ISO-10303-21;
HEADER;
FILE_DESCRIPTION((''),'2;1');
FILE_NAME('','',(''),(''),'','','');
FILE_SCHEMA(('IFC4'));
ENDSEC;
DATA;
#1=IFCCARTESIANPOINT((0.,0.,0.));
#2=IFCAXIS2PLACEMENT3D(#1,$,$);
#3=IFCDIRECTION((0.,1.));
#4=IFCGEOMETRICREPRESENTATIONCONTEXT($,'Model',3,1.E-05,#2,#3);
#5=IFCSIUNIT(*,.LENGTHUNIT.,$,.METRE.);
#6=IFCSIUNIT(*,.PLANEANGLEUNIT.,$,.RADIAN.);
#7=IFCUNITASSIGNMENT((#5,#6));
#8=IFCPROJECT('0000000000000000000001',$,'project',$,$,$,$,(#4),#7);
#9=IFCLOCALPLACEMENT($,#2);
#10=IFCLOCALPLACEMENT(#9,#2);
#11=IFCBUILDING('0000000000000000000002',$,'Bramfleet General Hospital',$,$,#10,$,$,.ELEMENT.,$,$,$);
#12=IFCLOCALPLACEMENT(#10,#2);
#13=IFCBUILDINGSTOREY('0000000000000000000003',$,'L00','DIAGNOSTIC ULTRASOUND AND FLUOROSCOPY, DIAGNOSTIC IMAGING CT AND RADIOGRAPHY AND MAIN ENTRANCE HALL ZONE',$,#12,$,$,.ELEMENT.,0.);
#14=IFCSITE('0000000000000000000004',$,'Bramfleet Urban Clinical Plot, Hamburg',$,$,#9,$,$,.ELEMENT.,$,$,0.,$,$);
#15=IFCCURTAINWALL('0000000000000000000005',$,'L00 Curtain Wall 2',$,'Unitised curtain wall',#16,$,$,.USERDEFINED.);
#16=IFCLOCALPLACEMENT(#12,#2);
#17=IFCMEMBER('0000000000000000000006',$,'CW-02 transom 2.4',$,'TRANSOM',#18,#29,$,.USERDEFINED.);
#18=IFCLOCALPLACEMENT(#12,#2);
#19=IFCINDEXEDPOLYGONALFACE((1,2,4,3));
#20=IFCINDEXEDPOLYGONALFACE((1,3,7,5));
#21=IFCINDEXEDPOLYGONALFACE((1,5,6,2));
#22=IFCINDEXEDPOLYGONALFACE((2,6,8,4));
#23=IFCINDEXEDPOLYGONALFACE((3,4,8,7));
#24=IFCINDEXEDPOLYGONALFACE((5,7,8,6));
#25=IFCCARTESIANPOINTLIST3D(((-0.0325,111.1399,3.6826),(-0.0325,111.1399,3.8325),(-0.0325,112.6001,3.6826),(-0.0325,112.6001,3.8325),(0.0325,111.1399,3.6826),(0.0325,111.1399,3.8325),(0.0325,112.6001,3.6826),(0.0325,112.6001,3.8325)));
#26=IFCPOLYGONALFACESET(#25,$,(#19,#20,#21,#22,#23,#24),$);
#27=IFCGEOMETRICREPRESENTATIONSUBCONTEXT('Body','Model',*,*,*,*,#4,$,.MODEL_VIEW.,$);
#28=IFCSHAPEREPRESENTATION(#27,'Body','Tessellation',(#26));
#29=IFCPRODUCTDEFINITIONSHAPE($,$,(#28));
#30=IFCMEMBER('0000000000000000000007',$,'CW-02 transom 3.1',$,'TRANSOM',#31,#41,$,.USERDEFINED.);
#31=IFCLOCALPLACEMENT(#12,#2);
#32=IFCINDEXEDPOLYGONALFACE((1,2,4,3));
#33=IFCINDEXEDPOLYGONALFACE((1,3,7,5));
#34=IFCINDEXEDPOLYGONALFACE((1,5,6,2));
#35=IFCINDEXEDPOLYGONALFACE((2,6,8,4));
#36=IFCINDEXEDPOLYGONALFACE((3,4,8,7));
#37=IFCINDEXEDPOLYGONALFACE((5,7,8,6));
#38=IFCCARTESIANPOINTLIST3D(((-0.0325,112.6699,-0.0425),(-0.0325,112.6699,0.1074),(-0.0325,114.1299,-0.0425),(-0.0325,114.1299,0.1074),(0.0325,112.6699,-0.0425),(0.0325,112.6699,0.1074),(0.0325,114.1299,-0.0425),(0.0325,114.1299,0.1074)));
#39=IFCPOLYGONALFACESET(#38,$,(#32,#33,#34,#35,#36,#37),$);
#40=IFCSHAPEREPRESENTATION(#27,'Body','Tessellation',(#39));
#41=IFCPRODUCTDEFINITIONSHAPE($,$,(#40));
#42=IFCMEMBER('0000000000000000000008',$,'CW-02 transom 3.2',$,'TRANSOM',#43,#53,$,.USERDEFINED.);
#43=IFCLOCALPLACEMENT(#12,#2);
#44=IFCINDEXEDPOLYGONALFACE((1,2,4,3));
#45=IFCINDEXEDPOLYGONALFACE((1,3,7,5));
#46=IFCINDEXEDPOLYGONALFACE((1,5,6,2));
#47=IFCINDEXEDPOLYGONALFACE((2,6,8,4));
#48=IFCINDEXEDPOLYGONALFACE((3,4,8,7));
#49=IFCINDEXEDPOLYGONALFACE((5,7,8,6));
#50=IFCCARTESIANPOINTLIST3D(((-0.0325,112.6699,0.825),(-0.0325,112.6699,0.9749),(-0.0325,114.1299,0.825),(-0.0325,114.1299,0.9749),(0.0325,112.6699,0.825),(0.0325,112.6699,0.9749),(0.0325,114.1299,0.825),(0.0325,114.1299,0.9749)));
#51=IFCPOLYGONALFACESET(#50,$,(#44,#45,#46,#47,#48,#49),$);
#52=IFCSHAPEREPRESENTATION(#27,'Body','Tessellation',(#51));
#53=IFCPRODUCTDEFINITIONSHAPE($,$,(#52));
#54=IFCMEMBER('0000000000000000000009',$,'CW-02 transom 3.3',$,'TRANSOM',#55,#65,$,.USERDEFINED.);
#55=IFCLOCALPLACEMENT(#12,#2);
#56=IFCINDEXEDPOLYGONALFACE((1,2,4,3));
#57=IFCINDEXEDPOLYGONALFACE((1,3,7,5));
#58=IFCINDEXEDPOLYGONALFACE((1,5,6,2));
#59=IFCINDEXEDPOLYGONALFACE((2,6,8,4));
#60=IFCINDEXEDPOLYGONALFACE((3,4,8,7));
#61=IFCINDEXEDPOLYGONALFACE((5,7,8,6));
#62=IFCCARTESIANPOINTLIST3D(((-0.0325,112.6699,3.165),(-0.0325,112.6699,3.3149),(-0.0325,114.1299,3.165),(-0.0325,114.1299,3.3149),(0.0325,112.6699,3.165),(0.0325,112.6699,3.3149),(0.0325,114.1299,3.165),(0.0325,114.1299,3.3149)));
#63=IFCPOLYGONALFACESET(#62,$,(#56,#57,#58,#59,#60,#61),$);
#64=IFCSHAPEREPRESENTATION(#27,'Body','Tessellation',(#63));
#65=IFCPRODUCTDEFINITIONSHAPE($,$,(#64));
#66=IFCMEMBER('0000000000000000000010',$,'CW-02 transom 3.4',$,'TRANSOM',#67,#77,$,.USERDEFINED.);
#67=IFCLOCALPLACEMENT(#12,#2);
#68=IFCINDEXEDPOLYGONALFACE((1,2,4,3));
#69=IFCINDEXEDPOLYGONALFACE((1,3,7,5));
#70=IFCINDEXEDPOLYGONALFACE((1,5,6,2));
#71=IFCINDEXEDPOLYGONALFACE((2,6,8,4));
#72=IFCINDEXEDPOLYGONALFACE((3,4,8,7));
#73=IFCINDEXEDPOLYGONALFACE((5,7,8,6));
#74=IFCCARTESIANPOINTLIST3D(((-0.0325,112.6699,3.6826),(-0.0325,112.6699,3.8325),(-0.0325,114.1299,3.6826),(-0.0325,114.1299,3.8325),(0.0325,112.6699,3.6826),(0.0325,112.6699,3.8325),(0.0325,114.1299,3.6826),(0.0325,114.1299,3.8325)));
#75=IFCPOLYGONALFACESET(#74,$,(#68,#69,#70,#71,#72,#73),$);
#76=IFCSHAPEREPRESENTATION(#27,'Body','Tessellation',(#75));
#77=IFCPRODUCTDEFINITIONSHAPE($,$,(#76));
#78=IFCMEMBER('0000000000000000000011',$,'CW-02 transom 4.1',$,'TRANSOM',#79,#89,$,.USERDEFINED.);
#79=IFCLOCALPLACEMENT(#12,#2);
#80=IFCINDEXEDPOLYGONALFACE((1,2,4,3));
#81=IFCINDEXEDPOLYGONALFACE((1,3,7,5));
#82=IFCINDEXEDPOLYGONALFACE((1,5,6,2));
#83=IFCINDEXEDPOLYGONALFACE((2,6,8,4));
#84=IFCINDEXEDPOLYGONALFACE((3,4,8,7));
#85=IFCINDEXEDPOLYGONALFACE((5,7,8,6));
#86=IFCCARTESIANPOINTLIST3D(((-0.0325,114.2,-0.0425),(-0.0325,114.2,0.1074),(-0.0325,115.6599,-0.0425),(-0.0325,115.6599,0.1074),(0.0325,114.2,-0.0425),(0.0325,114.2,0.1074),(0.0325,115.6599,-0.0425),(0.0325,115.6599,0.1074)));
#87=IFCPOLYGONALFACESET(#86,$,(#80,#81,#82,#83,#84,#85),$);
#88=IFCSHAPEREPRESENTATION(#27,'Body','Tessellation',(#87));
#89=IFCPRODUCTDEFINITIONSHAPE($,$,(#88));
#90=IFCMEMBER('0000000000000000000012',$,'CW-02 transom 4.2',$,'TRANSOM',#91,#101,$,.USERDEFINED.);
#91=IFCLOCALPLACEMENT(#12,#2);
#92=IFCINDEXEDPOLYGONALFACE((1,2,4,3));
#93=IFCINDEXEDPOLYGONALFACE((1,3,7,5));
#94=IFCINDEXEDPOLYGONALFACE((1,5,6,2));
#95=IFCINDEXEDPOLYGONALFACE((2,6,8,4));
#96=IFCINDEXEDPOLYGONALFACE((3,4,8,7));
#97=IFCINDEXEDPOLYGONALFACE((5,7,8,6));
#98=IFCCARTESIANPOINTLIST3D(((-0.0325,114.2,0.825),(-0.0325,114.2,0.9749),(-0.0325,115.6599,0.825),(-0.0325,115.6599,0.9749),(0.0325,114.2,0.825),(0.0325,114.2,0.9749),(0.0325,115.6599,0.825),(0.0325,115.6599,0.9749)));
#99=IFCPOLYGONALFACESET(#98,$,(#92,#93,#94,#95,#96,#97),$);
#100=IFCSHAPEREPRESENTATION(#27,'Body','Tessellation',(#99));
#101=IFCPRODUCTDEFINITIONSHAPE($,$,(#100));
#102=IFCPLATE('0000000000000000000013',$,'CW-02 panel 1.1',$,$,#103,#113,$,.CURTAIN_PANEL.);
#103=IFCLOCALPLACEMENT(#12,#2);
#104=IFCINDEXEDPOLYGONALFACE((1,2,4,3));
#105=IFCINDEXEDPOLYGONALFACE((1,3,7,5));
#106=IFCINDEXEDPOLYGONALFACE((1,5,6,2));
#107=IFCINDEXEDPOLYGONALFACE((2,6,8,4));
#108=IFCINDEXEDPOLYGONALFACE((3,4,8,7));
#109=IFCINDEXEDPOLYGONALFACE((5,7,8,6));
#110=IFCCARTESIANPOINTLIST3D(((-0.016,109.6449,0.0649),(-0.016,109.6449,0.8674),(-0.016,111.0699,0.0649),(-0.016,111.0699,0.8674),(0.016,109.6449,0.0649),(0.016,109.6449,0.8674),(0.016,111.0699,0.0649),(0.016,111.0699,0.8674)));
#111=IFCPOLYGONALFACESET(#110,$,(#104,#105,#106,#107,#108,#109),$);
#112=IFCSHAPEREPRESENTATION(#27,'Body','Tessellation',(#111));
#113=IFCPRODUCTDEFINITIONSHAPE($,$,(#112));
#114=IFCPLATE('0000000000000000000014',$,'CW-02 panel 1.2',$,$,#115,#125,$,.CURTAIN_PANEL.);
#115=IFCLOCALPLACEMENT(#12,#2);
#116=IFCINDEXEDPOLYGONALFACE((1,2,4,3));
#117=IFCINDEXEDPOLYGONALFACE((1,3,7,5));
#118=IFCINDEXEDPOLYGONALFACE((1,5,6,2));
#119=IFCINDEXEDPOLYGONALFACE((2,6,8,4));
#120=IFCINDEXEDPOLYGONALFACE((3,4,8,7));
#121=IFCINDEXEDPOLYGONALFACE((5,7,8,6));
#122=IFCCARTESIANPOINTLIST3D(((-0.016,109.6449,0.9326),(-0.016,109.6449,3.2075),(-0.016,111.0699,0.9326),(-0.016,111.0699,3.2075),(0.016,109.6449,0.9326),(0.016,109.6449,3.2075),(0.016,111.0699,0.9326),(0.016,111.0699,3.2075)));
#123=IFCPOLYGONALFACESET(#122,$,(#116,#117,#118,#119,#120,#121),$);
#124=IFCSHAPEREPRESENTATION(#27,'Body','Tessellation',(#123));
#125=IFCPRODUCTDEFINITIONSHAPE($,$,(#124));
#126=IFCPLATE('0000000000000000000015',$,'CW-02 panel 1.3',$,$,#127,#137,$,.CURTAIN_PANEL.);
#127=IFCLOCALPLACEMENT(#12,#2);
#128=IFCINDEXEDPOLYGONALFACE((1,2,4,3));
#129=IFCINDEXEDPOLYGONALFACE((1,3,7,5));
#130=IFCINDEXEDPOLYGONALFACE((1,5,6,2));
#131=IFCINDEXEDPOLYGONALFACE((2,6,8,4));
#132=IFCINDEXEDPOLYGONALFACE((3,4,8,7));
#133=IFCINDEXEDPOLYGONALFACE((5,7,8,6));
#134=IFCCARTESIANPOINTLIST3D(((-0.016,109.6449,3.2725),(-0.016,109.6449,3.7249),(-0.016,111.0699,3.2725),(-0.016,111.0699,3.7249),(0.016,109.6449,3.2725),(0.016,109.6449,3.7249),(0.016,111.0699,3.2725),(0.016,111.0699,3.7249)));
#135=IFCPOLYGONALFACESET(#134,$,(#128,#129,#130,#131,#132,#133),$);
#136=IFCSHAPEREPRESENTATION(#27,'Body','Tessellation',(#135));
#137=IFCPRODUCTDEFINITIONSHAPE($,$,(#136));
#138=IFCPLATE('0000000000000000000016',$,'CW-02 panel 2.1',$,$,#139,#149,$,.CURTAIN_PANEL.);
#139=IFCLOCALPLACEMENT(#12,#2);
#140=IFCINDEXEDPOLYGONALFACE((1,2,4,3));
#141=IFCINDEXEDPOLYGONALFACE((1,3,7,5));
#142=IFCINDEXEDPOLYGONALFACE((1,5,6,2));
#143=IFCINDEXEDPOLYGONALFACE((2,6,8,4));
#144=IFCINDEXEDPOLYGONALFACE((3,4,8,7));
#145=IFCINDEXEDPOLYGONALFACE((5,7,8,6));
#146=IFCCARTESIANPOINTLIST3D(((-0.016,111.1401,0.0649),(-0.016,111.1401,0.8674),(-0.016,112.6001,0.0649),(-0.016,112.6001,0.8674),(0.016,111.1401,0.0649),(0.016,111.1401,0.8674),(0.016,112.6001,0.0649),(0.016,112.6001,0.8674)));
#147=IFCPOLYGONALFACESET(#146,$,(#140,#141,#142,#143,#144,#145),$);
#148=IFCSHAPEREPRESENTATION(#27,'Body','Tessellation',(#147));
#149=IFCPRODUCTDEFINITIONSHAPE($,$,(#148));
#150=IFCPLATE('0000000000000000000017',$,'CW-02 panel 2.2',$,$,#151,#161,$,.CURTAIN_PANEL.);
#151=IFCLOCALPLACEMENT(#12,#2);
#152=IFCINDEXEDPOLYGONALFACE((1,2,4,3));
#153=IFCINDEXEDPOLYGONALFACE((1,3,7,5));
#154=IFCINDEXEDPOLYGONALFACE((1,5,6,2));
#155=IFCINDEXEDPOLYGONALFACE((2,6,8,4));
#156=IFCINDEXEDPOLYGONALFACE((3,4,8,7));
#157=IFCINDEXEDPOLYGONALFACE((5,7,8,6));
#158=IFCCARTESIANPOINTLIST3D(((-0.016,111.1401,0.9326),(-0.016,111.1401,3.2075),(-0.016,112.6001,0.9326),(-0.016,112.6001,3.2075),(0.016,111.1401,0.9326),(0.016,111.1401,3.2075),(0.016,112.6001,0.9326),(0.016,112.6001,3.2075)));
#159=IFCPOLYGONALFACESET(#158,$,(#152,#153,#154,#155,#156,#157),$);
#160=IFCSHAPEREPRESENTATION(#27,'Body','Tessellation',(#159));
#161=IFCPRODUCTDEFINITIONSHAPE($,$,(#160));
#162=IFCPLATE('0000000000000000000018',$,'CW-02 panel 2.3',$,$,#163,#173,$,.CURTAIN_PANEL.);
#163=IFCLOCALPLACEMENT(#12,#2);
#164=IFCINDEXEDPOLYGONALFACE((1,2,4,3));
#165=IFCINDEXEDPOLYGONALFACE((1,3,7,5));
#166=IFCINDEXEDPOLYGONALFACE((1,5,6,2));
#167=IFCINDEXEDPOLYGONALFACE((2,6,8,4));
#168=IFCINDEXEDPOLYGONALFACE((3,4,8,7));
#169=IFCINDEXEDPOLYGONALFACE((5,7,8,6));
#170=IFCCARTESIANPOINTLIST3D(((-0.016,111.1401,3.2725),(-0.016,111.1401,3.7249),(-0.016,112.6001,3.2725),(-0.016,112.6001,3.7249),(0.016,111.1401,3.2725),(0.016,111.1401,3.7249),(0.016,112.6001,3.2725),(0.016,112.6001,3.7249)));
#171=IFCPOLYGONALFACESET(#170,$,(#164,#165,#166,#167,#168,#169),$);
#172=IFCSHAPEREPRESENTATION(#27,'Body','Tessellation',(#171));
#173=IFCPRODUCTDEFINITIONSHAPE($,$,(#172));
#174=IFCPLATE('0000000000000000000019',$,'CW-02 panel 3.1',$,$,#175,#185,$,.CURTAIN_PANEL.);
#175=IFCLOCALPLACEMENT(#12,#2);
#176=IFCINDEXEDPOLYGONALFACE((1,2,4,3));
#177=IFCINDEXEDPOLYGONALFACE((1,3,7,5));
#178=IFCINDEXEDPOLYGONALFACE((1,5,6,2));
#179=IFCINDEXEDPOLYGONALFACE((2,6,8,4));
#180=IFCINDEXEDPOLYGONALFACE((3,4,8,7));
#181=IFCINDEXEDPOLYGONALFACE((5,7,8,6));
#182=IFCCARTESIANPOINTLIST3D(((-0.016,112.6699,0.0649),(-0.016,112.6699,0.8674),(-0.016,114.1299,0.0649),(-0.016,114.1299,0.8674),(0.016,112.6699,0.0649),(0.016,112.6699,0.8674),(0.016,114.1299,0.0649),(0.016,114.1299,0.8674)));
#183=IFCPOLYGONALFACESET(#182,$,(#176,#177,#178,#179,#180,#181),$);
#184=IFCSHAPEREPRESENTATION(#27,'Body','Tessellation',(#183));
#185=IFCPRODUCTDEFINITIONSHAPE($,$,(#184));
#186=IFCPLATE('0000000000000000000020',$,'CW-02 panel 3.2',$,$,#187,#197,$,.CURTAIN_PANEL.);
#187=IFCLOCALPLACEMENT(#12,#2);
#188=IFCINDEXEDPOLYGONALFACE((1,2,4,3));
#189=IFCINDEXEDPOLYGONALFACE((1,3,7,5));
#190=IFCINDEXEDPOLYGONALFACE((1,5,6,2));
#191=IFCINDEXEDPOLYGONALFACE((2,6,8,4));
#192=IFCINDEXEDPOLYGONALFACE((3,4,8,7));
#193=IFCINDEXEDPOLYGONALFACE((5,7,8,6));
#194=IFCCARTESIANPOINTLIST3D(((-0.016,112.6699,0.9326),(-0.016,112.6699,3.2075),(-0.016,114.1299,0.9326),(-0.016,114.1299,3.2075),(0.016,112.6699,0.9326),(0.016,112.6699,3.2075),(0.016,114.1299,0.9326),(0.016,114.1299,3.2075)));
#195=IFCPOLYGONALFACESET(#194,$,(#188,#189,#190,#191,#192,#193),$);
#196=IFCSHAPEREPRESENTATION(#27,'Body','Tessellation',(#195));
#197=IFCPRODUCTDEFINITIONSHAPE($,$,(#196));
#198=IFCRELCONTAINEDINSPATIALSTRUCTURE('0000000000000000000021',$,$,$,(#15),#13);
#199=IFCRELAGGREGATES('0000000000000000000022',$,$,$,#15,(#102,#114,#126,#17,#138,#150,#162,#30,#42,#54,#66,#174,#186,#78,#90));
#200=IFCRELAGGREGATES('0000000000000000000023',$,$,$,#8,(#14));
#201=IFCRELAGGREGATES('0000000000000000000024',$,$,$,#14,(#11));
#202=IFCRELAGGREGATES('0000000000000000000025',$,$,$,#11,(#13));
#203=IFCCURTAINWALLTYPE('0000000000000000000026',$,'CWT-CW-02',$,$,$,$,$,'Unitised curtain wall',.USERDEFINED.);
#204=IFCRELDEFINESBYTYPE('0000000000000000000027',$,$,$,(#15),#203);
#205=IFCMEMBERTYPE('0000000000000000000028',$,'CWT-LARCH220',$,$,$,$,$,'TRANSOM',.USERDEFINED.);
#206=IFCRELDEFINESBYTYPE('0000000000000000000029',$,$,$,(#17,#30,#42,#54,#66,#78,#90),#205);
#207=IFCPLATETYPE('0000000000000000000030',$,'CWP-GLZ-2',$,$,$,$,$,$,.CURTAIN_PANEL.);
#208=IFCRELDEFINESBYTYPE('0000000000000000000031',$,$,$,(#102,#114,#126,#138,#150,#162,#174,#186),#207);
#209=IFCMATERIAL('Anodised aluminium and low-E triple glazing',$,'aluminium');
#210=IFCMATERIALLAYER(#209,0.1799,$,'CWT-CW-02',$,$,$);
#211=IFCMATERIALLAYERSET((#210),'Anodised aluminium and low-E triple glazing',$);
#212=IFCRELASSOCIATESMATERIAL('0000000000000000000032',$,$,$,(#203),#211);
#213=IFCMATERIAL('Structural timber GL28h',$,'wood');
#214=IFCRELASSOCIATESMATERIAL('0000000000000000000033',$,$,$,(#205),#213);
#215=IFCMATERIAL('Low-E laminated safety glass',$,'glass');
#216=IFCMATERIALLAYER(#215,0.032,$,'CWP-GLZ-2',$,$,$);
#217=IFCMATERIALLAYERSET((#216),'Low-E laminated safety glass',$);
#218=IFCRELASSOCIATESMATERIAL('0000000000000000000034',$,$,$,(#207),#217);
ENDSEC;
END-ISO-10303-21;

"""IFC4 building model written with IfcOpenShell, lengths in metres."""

from ifc_helpers import new_model, si_unit, direction, frame, origin, origin_2d, place, context, subcontext, project, spatial, rectangle, extrude, material, layer, layer_set, material_profile, profile_set, type_object, element, aggregate, save


model = new_model("IFC4")

# Units and contexts
model_context = context("Model", 3, precision=1e-05, world=origin(), true_north=direction((0.0, 1.0)))
body_context = subcontext(model_context, "Body", "Model", "MODEL_VIEW")
ifc_project = project(units=[si_unit("LENGTHUNIT", "METRE"), si_unit("PLANEANGLEUNIT", "RADIAN")], contexts=[model_context])

# Site, building, storey
site_placement = place(None, origin())
site = spatial("IfcSite", under=ifc_project, at=site_placement, Name="Bramfleet Urban Clinical Plot, Hamburg", CompositionType="ELEMENT", RefElevation=0.0)
building_placement = place(site_placement, origin())
building = spatial("IfcBuilding", under=site, at=building_placement, Name="Bramfleet General Hospital", CompositionType="ELEMENT")
storey_placement = place(building_placement, origin())
storey = spatial("IfcBuildingStorey", under=building, at=storey_placement, Name="L00", Description="DIAGNOSTIC ULTRASOUND AND FLUOROSCOPY, DIAGNOSTIC IMAGING CT AND RADIOGRAPHY AND MAIN ENTRANCE HALL ZONE", CompositionType="ELEMENT", Elevation=0.0)

# Curtain wall, members, plates
ifc_material_1 = material(Name="Anodised aluminium and low-E triple glazing", Category="aluminium")
ifc_layer_1 = layer(ifc_material_1, 0.1799, Name="CWT-CW-02")
ifc_layer_set_1 = layer_set([ifc_layer_1], Name="Anodised aluminium and low-E triple glazing")
curtain_wall_type = type_object("IfcCurtainWallType", Name="CWT-CW-02", ElementType="Unitised curtain wall", PredefinedType="USERDEFINED", material=ifc_layer_set_1)
curtain_wall_placement = place(storey_placement, origin())
curtain_wall = element("IfcCurtainWall", 1, at=curtain_wall_placement, inside=storey, type_object=curtain_wall_type, Name="L00 Curtain Wall 2", ObjectType="Unitised curtain wall", PredefinedType="USERDEFINED")
ifc_material_2 = material(Name="Structural timber GL28h", Category="wood")
ifc_material_profile_1 = material_profile(ifc_material_2, rectangle(XDim=0.0649, YDim=0.1499, at=origin_2d()), Name="LARCH 150x65")
ifc_profile_set_1 = profile_set([ifc_material_profile_1], Name="Structural timber GL28h")
member_type_1 = type_object("IfcMemberType", Name="CWT-LARCH220", ElementType="TRANSOM", PredefinedType="USERDEFINED", material=ifc_profile_set_1)
member_1_placement = place(storey_placement, frame((0.0, 111.1399, 3.7576), z_axis=(0.0, 1.0, 0.0), x_axis=(-1.0, 0.0, 0.0)))
member_1 = element("IfcMember", 2, at=member_1_placement, type_object=member_type_1, Name="CW-02 transom 2.4", ObjectType="TRANSOM", PredefinedType="USERDEFINED", context=body_context, shape_type="SweptSolid", body=[
    extrude(rectangle(XDim=0.0649, YDim=0.1499, at=origin_2d()), origin(), (0.0, 0.0, 1.0), 1.4602),
])
member_2_placement = place(storey_placement, frame((0.0, 112.6699, 0.0325), z_axis=(0.0, 1.0, 0.0), x_axis=(-1.0, 0.0, 0.0)))
member_2 = element("IfcMember", 3, at=member_2_placement, type_object=member_type_1, Name="CW-02 transom 3.1", ObjectType="TRANSOM", PredefinedType="USERDEFINED", context=body_context, shape_type="SweptSolid", body=[
    extrude(rectangle(XDim=0.0649, YDim=0.1499, at=origin_2d()), origin(), (0.0, 0.0, 1.0), 1.46),
])
member_3_placement = place(storey_placement, frame((0.0, 112.6699, 0.8999), z_axis=(0.0, 1.0, 0.0), x_axis=(-1.0, 0.0, 0.0)))
member_3 = element("IfcMember", 4, at=member_3_placement, type_object=member_type_1, Name="CW-02 transom 3.2", ObjectType="TRANSOM", PredefinedType="USERDEFINED", context=body_context, shape_type="SweptSolid", body=[
    extrude(rectangle(XDim=0.0649, YDim=0.1499, at=origin_2d()), origin(), (0.0, 0.0, 1.0), 1.46),
])
member_4_placement = place(storey_placement, frame((0.0, 112.6699, 3.24), z_axis=(0.0, 1.0, 0.0), x_axis=(-1.0, 0.0, 0.0)))
member_4 = element("IfcMember", 5, at=member_4_placement, type_object=member_type_1, Name="CW-02 transom 3.3", ObjectType="TRANSOM", PredefinedType="USERDEFINED", context=body_context, shape_type="SweptSolid", body=[
    extrude(rectangle(XDim=0.0649, YDim=0.1499, at=origin_2d()), origin(), (0.0, 0.0, 1.0), 1.46),
])
member_5_placement = place(storey_placement, frame((0.0, 112.6699, 3.7576), z_axis=(0.0, 1.0, 0.0), x_axis=(-1.0, 0.0, 0.0)))
member_5 = element("IfcMember", 6, at=member_5_placement, type_object=member_type_1, Name="CW-02 transom 3.4", ObjectType="TRANSOM", PredefinedType="USERDEFINED", context=body_context, shape_type="SweptSolid", body=[
    extrude(rectangle(XDim=0.0649, YDim=0.1499, at=origin_2d()), origin(), (0.0, 0.0, 1.0), 1.46),
])
member_6_placement = place(storey_placement, frame((0.0, 114.2, 0.0325), z_axis=(0.0, 1.0, 0.0), x_axis=(-1.0, 0.0, 0.0)))
member_6 = element("IfcMember", 7, at=member_6_placement, type_object=member_type_1, Name="CW-02 transom 4.1", ObjectType="TRANSOM", PredefinedType="USERDEFINED", context=body_context, shape_type="SweptSolid", body=[
    extrude(rectangle(XDim=0.0649, YDim=0.1499, at=origin_2d()), origin(), (0.0, 0.0, 1.0), 1.46),
])
member_7_placement = place(storey_placement, frame((0.0, 114.2, 0.8999), z_axis=(0.0, 1.0, 0.0), x_axis=(-1.0, 0.0, 0.0)))
member_7 = element("IfcMember", 8, at=member_7_placement, type_object=member_type_1, Name="CW-02 transom 4.2", ObjectType="TRANSOM", PredefinedType="USERDEFINED", context=body_context, shape_type="SweptSolid", body=[
    extrude(rectangle(XDim=0.0649, YDim=0.1499, at=origin_2d()), origin(), (0.0, 0.0, 1.0), 1.46),
])
ifc_material_3 = material(Name="Low-E laminated safety glass", Category="glass")
ifc_layer_2 = layer(ifc_material_3, 0.032, Name="CWP-GLZ-2")
ifc_layer_set_2 = layer_set([ifc_layer_2], Name="Low-E laminated safety glass")
plate_type = type_object("IfcPlateType", Name="CWP-GLZ-2", PredefinedType="CURTAIN_PANEL", material=ifc_layer_set_2)
plate_1_placement = place(storey_placement, frame((0.0, 110.3574, 0.0649), z_axis=(0.0, 0.0, 1.0), x_axis=(0.0, 1.0, 0.0)))
plate_1 = element("IfcPlate", 9, at=plate_1_placement, type_object=plate_type, Name="CW-02 panel 1.1", PredefinedType="CURTAIN_PANEL", context=body_context, shape_type="SweptSolid", body=[
    extrude(rectangle(XDim=1.425, YDim=0.032, at=origin_2d()), origin(), (0.0, 0.0, 1.0), 0.8025),
])
plate_2_placement = place(storey_placement, frame((0.0, 110.3574, 0.9326), z_axis=(0.0, 0.0, 1.0), x_axis=(0.0, 1.0, 0.0)))
plate_2 = element("IfcPlate", 10, at=plate_2_placement, type_object=plate_type, Name="CW-02 panel 1.2", PredefinedType="CURTAIN_PANEL", context=body_context, shape_type="SweptSolid", body=[
    extrude(rectangle(XDim=1.425, YDim=0.032, at=origin_2d()), origin(), (0.0, 0.0, 1.0), 2.2749),
])
plate_3_placement = place(storey_placement, frame((0.0, 110.3574, 3.2725), z_axis=(0.0, 0.0, 1.0), x_axis=(0.0, 1.0, 0.0)))
plate_3 = element("IfcPlate", 11, at=plate_3_placement, type_object=plate_type, Name="CW-02 panel 1.3", PredefinedType="CURTAIN_PANEL", context=body_context, shape_type="SweptSolid", body=[
    extrude(rectangle(XDim=1.425, YDim=0.032, at=origin_2d()), origin(), (0.0, 0.0, 1.0), 0.4524),
])
plate_4_placement = place(storey_placement, frame((0.0, 111.8701, 0.0649), z_axis=(0.0, 0.0, 1.0), x_axis=(0.0, 1.0, 0.0)))
plate_4 = element("IfcPlate", 12, at=plate_4_placement, type_object=plate_type, Name="CW-02 panel 2.1", PredefinedType="CURTAIN_PANEL", context=body_context, shape_type="SweptSolid", body=[
    extrude(rectangle(XDim=1.46, YDim=0.032, at=origin_2d()), origin(), (0.0, 0.0, 1.0), 0.8025),
])
plate_5_placement = place(storey_placement, frame((0.0, 111.8701, 0.9326), z_axis=(0.0, 0.0, 1.0), x_axis=(0.0, 1.0, 0.0)))
plate_5 = element("IfcPlate", 13, at=plate_5_placement, type_object=plate_type, Name="CW-02 panel 2.2", PredefinedType="CURTAIN_PANEL", context=body_context, shape_type="SweptSolid", body=[
    extrude(rectangle(XDim=1.46, YDim=0.032, at=origin_2d()), origin(), (0.0, 0.0, 1.0), 2.2749),
])
plate_6_placement = place(storey_placement, frame((0.0, 111.8701, 3.2725), z_axis=(0.0, 0.0, 1.0), x_axis=(0.0, 1.0, 0.0)))
plate_6 = element("IfcPlate", 14, at=plate_6_placement, type_object=plate_type, Name="CW-02 panel 2.3", PredefinedType="CURTAIN_PANEL", context=body_context, shape_type="SweptSolid", body=[
    extrude(rectangle(XDim=1.46, YDim=0.032, at=origin_2d()), origin(), (0.0, 0.0, 1.0), 0.4524),
])
plate_7_placement = place(storey_placement, frame((0.0, 113.3999, 0.0649), z_axis=(0.0, 0.0, 1.0), x_axis=(0.0, 1.0, 0.0)))
plate_7 = element("IfcPlate", 15, at=plate_7_placement, type_object=plate_type, Name="CW-02 panel 3.1", PredefinedType="CURTAIN_PANEL", context=body_context, shape_type="SweptSolid", body=[
    extrude(rectangle(XDim=1.46, YDim=0.032, at=origin_2d()), origin(), (0.0, 0.0, 1.0), 0.8025),
])
plate_8_placement = place(storey_placement, frame((0.0, 113.3999, 0.9326), z_axis=(0.0, 0.0, 1.0), x_axis=(0.0, 1.0, 0.0)))
plate_8 = element("IfcPlate", 16, at=plate_8_placement, type_object=plate_type, Name="CW-02 panel 3.2", PredefinedType="CURTAIN_PANEL", context=body_context, shape_type="SweptSolid", body=[
    extrude(rectangle(XDim=1.46, YDim=0.032, at=origin_2d()), origin(), (0.0, 0.0, 1.0), 2.2749),
])
aggregate(curtain_wall, [plate_1, plate_2, plate_3, member_1, plate_4, plate_5, plate_6, member_2, member_3, member_4, member_5, plate_7, plate_8, member_6, member_7])

save(model, "model.ifc")
